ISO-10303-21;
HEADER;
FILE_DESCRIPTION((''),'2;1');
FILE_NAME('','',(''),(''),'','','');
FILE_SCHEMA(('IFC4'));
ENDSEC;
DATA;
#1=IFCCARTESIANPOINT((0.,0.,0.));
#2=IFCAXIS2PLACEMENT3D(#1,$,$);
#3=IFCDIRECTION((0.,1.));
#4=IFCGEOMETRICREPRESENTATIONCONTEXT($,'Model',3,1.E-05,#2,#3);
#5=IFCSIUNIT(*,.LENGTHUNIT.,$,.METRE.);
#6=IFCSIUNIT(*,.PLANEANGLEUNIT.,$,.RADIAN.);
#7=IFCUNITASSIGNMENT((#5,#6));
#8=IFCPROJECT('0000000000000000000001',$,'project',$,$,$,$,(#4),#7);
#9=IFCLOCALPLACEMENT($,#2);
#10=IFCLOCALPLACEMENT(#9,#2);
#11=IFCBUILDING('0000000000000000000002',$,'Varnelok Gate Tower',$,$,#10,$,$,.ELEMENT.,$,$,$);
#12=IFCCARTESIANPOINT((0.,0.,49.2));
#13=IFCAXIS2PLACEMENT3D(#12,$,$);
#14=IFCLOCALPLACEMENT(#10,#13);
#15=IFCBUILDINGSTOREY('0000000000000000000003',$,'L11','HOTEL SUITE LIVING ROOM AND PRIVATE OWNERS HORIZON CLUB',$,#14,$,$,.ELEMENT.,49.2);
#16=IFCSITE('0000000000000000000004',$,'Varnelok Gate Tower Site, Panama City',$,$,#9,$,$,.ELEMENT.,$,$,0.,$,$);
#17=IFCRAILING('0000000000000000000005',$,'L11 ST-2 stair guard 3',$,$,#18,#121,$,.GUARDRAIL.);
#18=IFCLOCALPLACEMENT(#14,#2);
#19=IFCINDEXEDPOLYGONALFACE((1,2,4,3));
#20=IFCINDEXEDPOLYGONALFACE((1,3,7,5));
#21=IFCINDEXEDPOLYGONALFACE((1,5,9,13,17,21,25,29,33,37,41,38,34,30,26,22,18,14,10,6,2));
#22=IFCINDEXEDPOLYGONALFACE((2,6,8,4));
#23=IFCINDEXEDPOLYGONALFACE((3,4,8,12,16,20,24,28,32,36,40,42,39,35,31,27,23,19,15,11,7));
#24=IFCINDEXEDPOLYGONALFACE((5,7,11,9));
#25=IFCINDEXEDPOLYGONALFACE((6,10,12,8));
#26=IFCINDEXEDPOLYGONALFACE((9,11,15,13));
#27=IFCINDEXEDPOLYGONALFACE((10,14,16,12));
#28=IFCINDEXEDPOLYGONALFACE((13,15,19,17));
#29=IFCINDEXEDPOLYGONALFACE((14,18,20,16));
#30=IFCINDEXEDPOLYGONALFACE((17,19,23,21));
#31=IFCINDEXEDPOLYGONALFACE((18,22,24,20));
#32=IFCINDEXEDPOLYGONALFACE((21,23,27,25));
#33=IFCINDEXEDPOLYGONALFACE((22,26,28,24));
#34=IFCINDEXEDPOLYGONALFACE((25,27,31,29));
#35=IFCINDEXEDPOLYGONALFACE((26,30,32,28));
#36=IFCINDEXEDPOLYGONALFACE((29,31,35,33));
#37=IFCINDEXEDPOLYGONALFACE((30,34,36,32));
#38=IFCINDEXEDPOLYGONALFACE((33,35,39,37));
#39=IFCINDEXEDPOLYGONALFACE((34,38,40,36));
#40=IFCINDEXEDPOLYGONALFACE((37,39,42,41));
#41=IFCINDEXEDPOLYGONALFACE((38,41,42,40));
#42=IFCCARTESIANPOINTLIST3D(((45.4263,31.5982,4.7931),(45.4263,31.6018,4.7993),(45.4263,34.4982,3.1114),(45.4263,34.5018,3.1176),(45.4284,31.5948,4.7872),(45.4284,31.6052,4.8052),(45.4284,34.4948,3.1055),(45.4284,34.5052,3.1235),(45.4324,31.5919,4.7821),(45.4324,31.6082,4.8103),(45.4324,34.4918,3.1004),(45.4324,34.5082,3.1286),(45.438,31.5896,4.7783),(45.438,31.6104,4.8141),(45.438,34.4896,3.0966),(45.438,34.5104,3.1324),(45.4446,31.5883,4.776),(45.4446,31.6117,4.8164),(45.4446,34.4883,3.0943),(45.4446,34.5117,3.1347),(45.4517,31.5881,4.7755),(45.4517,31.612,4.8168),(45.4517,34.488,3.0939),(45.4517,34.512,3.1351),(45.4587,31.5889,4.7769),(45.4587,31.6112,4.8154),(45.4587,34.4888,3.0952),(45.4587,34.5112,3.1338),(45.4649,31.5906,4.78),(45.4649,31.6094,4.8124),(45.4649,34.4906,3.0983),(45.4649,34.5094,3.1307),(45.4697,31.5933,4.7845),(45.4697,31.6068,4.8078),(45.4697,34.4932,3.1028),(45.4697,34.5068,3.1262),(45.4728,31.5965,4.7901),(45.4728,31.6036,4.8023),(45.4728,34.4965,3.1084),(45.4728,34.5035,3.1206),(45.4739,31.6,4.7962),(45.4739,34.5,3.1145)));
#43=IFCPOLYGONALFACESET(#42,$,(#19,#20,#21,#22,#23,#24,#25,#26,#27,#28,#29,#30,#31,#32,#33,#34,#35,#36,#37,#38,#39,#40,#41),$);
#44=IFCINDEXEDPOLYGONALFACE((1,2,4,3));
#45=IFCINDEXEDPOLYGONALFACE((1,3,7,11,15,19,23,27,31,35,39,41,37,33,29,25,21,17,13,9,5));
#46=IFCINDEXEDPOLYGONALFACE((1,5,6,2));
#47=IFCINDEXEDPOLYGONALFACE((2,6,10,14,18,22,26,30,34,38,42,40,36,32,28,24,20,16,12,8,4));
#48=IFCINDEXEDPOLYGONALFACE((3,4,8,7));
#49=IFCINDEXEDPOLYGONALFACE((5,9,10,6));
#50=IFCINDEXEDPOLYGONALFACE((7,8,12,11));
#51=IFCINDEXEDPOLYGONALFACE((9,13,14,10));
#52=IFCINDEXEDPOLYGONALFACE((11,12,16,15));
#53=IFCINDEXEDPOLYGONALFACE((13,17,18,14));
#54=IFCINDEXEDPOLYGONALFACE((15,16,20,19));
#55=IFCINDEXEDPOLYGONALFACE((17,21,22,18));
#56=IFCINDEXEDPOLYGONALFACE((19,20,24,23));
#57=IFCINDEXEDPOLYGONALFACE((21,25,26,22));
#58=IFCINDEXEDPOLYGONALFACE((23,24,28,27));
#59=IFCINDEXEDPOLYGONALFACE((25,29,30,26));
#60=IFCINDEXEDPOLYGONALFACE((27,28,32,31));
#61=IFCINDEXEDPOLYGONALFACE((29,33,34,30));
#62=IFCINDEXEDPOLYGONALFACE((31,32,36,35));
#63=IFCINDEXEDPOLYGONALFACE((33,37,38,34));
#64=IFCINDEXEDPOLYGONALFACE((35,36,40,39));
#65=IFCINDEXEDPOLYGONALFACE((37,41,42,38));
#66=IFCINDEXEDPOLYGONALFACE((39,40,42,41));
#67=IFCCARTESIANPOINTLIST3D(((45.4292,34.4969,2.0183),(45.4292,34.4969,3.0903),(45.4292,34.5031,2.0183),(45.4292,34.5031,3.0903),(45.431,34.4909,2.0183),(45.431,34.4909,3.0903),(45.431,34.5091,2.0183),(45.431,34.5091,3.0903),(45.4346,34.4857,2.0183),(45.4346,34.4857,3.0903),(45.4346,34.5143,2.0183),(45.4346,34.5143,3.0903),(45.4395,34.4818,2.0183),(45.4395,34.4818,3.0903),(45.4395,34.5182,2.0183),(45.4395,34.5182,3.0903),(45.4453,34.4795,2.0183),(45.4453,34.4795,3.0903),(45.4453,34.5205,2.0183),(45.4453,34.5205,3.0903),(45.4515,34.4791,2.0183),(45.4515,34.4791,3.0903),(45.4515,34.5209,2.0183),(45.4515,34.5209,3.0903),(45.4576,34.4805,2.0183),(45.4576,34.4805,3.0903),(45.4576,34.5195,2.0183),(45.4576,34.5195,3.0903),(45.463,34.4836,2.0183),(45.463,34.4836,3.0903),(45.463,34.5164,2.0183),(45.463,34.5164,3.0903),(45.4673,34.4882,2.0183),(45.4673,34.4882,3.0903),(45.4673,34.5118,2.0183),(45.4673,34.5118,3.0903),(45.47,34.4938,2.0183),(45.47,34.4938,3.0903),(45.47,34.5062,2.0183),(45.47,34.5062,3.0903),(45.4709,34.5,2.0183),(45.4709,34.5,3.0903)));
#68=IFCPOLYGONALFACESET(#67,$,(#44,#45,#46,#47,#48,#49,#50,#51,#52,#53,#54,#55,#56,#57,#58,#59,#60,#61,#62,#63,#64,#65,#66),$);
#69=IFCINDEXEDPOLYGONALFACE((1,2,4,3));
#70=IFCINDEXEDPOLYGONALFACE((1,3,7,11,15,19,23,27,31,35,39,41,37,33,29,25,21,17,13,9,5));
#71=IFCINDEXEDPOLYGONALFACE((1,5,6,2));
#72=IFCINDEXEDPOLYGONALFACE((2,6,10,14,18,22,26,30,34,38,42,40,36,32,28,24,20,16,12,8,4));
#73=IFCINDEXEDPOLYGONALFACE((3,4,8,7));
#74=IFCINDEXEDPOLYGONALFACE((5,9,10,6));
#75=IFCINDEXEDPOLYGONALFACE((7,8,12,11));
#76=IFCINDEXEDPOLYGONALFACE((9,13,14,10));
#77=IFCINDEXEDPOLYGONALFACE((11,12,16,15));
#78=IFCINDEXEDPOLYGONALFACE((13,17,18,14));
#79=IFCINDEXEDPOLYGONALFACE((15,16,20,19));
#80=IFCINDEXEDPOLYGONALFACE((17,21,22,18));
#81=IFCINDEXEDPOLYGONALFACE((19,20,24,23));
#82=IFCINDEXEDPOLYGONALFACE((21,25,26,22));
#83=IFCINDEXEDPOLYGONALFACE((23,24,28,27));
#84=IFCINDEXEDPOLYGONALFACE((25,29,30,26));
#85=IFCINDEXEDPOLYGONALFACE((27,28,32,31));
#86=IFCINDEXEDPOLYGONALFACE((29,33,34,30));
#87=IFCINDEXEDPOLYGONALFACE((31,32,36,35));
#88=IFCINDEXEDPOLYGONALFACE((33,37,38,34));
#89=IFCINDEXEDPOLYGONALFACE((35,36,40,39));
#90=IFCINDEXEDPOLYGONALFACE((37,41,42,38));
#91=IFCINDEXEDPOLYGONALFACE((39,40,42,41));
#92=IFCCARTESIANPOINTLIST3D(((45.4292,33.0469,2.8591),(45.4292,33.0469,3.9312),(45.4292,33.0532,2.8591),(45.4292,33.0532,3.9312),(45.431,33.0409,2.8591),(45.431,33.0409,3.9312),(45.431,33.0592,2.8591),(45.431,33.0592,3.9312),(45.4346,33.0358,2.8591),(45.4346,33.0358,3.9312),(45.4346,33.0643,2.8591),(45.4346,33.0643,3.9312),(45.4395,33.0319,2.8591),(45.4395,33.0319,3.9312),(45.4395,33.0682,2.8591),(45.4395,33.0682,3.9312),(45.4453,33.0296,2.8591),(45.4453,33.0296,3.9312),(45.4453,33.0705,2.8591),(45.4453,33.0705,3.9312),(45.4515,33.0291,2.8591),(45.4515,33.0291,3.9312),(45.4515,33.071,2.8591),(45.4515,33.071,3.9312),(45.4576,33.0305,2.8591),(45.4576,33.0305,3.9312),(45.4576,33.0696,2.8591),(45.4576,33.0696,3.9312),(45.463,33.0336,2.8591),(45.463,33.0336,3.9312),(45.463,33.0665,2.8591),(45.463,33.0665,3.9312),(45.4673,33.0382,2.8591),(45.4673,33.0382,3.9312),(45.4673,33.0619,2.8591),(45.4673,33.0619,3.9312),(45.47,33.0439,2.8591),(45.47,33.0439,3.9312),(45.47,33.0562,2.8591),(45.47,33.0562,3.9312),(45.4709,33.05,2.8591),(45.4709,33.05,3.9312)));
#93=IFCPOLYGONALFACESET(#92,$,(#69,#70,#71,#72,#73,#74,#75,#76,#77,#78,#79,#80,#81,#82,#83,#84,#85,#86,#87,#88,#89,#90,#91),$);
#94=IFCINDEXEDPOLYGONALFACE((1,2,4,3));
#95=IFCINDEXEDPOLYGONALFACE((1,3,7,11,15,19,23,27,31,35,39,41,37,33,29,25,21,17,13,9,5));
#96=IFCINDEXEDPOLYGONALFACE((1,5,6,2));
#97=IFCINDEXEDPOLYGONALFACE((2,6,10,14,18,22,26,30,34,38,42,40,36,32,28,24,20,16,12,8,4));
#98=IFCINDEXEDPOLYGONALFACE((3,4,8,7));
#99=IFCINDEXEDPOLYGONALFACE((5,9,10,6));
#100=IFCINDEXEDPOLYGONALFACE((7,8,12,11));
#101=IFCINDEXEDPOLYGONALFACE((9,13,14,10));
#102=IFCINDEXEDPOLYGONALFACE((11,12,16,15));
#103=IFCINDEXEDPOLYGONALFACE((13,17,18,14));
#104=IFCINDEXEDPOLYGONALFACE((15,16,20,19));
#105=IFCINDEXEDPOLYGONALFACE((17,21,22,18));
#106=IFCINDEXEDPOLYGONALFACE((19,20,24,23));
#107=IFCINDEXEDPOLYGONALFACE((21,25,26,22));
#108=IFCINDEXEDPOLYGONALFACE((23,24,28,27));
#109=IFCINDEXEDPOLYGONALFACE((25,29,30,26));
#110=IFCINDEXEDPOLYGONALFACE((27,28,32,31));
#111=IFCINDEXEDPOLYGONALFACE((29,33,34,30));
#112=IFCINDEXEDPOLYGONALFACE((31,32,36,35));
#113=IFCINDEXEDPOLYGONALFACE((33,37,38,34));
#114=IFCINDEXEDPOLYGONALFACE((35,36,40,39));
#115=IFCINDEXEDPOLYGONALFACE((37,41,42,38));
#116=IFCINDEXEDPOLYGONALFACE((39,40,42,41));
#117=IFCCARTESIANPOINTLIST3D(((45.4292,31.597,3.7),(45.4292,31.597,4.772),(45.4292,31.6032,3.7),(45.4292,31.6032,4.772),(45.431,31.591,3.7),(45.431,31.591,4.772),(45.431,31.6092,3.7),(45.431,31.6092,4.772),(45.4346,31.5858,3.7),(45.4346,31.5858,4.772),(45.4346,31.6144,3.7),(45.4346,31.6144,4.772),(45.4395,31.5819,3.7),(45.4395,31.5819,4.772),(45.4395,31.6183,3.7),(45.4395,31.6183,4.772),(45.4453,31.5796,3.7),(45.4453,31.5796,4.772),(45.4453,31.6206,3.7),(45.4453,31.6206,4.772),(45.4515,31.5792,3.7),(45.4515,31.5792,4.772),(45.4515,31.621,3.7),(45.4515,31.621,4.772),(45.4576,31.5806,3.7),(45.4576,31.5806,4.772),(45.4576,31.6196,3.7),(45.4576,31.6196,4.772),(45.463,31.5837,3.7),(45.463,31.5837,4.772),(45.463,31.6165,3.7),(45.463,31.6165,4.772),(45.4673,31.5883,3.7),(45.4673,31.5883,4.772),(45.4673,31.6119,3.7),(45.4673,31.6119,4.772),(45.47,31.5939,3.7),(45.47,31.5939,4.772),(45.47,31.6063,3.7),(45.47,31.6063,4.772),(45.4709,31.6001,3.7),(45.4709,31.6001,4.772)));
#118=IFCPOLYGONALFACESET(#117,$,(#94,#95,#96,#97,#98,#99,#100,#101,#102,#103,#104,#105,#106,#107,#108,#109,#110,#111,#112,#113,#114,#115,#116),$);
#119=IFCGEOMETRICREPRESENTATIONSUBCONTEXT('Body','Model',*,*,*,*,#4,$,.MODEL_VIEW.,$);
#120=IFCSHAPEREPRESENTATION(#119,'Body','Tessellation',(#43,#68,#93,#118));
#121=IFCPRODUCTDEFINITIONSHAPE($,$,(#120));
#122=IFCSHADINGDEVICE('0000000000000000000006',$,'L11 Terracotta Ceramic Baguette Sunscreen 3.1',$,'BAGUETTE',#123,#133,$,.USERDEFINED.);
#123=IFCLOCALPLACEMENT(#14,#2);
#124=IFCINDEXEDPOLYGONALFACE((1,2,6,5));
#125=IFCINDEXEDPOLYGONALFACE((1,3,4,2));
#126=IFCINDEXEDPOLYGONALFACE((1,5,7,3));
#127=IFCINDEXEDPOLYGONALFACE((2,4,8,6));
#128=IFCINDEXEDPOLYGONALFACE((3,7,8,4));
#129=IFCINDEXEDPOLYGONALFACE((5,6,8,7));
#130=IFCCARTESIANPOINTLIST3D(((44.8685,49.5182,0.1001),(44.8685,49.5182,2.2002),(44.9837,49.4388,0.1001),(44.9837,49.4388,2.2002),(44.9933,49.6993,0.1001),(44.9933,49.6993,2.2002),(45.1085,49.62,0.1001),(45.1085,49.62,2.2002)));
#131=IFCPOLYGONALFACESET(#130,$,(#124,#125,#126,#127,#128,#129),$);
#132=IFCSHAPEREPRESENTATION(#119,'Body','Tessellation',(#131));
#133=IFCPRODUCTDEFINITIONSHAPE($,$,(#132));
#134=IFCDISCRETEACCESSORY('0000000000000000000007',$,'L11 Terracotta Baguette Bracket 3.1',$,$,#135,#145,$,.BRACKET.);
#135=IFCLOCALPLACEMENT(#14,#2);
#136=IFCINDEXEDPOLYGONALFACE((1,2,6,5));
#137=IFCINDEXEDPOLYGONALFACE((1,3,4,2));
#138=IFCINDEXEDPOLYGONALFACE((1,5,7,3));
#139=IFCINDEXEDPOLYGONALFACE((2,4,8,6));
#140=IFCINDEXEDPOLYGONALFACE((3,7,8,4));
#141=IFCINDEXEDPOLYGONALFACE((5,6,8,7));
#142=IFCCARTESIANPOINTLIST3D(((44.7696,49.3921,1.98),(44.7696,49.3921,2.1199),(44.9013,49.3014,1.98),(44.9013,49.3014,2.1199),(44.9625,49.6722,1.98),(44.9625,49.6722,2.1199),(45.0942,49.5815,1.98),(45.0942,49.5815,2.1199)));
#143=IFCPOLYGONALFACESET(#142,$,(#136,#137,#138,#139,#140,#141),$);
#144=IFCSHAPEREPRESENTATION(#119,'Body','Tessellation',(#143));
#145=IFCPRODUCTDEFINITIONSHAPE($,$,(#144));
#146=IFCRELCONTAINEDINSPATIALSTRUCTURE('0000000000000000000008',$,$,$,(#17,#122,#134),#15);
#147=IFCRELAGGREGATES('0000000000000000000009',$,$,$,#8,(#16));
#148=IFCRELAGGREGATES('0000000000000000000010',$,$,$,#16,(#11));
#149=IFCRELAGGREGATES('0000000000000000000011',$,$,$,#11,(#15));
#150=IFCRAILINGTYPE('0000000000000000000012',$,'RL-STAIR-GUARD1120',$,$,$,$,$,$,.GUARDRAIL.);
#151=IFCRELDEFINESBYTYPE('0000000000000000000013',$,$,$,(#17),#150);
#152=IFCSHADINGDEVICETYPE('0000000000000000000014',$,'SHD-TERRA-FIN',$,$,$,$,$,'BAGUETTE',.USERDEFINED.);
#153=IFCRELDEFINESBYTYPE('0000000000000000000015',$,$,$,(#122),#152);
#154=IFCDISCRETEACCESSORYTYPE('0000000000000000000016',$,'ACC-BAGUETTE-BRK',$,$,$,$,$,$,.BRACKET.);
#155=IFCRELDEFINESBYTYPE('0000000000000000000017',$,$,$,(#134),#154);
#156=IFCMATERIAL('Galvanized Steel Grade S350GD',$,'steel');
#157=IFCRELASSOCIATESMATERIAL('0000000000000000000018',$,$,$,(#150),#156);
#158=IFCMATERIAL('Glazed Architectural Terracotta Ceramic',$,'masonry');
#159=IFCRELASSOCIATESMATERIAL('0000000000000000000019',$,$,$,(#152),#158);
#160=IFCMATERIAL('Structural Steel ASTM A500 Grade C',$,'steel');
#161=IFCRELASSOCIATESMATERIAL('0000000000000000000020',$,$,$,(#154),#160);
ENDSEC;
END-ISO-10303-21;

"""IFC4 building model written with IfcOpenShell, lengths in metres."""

from ifc_helpers import new_model, si_unit, direction, frame, origin, origin_2d, place, context, subcontext, project, spatial, rectangle, circle, extrude, source, transform, mapped, material, type_object, element, save


model = new_model("IFC4")

# Units and contexts
model_context = context("Model", 3, precision=1e-05, world=origin(), true_north=direction((0.0, 1.0)))
body_context = subcontext(model_context, "Body", "Model", "MODEL_VIEW")
ifc_project = project(units=[si_unit("LENGTHUNIT", "METRE"), si_unit("PLANEANGLEUNIT", "RADIAN")], contexts=[model_context])

# Site, building, storey
site_placement = place(None, origin())
site = spatial("IfcSite", under=ifc_project, at=site_placement, Name="Varnelok Gate Tower Site, Panama City", CompositionType="ELEMENT", RefElevation=0.0)
building_placement = place(site_placement, origin())
building = spatial("IfcBuilding", under=site, at=building_placement, Name="Varnelok Gate Tower", CompositionType="ELEMENT")
storey_placement = place(building_placement, frame((0.0, 0.0, 49.2)))
storey = spatial("IfcBuildingStorey", under=building, at=storey_placement, Name="L11", Description="HOTEL SUITE LIVING ROOM AND PRIVATE OWNERS HORIZON CLUB", CompositionType="ELEMENT", Elevation=49.2)

# Shared definitions
ifc_material_1 = material(Name="Galvanized Steel Grade S350GD", Category="steel")

# Railing
railing_type_1 = type_object("IfcRailingType", Name="RL-STAIR-GUARD1120", PredefinedType="GUARDRAIL", material=ifc_material_1)
railing_1_placement = place(storey_placement, frame((45.45, 34.5, 2.0183)))
element("IfcRailing", 1, at=railing_1_placement, inside=storey, type_object=railing_type_1, Name="L11 ST-2 stair guard 3", PredefinedType="GUARDRAIL", context=body_context, shape_type="SweptSolid", body=[
    extrude(circle(Radius=0.0239, at=origin_2d()), frame((0.0, 0.0, 1.0962), z_axis=(0.0, -0.86507, 0.501651), x_axis=(1.0, 0.0, 0.0)), (0.0, 0.0, 1.0), 3.3523),
    extrude(circle(Radius=0.021, at=origin_2d()), origin(), (0.0, 0.0, 1.0), 1.072),
    extrude(circle(Radius=0.021, at=origin_2d()), frame((0.0, -1.45, 0.8408)), (0.0, 0.0, 1.0), 1.072),
    extrude(circle(Radius=0.021, at=origin_2d()), frame((0.0, -2.8999, 1.6816)), (0.0, 0.0, 1.0), 1.072),
])

# Shading device
ifc_material_2 = material(Name="Glazed Architectural Terracotta Ceramic", Category="masonry")
shading_device_type = type_object("IfcShadingDeviceType", Name="SHD-TERRA-FIN", ElementType="BAGUETTE", PredefinedType="USERDEFINED", material=ifc_material_2)
shared_shape_1 = source(origin(), body_context, "Body", "SweptSolid", [
    extrude(rectangle(XDim=0.1399, YDim=0.22, at=origin_2d()), origin(), (0.0, 0.0, 1.0), 2.1001),
])
shading_device_placement = place(storey_placement, frame((44.9885, 49.5691, 0.1001), z_axis=(0.0, 0.0, 1.0), x_axis=(0.823533, -0.567269, 0.0)))
element("IfcShadingDevice", 2, at=shading_device_placement, inside=storey, type_object=shading_device_type, Name="L11 Terracotta Ceramic Baguette Sunscreen 3.1", ObjectType="BAGUETTE", PredefinedType="USERDEFINED", context=body_context, shape_type="MappedRepresentation", body=[
    mapped(shared_shape_1, transform((0.0, 0.0, 0.0), scale=1.0)),
])

# Discrete accessory
ifc_material_3 = material(Name="Structural Steel ASTM A500 Grade C", Category="steel")
discrete_accessory_type = type_object("IfcDiscreteAccessoryType", Name="ACC-BAGUETTE-BRK", PredefinedType="BRACKET", material=ifc_material_3)
shared_shape_2 = source(origin(), body_context, "Body", "SweptSolid", [
    extrude(rectangle(XDim=0.1599, YDim=0.3401, at=origin_2d()), origin(), (0.0, 0.0, 1.0), 0.1399),
])
discrete_accessory_placement = place(storey_placement, frame((44.9319, 49.4868, 1.98), z_axis=(0.0, 0.0, 1.0), x_axis=(0.823533, -0.567269, 0.0)))
element("IfcDiscreteAccessory", 3, at=discrete_accessory_placement, inside=storey, type_object=discrete_accessory_type, Name="L11 Terracotta Baguette Bracket 3.1", PredefinedType="BRACKET", context=body_context, shape_type="MappedRepresentation", body=[
    mapped(shared_shape_2, transform((0.0, 0.0, 0.0), scale=1.0)),
])

save(model, "model.ifc")
